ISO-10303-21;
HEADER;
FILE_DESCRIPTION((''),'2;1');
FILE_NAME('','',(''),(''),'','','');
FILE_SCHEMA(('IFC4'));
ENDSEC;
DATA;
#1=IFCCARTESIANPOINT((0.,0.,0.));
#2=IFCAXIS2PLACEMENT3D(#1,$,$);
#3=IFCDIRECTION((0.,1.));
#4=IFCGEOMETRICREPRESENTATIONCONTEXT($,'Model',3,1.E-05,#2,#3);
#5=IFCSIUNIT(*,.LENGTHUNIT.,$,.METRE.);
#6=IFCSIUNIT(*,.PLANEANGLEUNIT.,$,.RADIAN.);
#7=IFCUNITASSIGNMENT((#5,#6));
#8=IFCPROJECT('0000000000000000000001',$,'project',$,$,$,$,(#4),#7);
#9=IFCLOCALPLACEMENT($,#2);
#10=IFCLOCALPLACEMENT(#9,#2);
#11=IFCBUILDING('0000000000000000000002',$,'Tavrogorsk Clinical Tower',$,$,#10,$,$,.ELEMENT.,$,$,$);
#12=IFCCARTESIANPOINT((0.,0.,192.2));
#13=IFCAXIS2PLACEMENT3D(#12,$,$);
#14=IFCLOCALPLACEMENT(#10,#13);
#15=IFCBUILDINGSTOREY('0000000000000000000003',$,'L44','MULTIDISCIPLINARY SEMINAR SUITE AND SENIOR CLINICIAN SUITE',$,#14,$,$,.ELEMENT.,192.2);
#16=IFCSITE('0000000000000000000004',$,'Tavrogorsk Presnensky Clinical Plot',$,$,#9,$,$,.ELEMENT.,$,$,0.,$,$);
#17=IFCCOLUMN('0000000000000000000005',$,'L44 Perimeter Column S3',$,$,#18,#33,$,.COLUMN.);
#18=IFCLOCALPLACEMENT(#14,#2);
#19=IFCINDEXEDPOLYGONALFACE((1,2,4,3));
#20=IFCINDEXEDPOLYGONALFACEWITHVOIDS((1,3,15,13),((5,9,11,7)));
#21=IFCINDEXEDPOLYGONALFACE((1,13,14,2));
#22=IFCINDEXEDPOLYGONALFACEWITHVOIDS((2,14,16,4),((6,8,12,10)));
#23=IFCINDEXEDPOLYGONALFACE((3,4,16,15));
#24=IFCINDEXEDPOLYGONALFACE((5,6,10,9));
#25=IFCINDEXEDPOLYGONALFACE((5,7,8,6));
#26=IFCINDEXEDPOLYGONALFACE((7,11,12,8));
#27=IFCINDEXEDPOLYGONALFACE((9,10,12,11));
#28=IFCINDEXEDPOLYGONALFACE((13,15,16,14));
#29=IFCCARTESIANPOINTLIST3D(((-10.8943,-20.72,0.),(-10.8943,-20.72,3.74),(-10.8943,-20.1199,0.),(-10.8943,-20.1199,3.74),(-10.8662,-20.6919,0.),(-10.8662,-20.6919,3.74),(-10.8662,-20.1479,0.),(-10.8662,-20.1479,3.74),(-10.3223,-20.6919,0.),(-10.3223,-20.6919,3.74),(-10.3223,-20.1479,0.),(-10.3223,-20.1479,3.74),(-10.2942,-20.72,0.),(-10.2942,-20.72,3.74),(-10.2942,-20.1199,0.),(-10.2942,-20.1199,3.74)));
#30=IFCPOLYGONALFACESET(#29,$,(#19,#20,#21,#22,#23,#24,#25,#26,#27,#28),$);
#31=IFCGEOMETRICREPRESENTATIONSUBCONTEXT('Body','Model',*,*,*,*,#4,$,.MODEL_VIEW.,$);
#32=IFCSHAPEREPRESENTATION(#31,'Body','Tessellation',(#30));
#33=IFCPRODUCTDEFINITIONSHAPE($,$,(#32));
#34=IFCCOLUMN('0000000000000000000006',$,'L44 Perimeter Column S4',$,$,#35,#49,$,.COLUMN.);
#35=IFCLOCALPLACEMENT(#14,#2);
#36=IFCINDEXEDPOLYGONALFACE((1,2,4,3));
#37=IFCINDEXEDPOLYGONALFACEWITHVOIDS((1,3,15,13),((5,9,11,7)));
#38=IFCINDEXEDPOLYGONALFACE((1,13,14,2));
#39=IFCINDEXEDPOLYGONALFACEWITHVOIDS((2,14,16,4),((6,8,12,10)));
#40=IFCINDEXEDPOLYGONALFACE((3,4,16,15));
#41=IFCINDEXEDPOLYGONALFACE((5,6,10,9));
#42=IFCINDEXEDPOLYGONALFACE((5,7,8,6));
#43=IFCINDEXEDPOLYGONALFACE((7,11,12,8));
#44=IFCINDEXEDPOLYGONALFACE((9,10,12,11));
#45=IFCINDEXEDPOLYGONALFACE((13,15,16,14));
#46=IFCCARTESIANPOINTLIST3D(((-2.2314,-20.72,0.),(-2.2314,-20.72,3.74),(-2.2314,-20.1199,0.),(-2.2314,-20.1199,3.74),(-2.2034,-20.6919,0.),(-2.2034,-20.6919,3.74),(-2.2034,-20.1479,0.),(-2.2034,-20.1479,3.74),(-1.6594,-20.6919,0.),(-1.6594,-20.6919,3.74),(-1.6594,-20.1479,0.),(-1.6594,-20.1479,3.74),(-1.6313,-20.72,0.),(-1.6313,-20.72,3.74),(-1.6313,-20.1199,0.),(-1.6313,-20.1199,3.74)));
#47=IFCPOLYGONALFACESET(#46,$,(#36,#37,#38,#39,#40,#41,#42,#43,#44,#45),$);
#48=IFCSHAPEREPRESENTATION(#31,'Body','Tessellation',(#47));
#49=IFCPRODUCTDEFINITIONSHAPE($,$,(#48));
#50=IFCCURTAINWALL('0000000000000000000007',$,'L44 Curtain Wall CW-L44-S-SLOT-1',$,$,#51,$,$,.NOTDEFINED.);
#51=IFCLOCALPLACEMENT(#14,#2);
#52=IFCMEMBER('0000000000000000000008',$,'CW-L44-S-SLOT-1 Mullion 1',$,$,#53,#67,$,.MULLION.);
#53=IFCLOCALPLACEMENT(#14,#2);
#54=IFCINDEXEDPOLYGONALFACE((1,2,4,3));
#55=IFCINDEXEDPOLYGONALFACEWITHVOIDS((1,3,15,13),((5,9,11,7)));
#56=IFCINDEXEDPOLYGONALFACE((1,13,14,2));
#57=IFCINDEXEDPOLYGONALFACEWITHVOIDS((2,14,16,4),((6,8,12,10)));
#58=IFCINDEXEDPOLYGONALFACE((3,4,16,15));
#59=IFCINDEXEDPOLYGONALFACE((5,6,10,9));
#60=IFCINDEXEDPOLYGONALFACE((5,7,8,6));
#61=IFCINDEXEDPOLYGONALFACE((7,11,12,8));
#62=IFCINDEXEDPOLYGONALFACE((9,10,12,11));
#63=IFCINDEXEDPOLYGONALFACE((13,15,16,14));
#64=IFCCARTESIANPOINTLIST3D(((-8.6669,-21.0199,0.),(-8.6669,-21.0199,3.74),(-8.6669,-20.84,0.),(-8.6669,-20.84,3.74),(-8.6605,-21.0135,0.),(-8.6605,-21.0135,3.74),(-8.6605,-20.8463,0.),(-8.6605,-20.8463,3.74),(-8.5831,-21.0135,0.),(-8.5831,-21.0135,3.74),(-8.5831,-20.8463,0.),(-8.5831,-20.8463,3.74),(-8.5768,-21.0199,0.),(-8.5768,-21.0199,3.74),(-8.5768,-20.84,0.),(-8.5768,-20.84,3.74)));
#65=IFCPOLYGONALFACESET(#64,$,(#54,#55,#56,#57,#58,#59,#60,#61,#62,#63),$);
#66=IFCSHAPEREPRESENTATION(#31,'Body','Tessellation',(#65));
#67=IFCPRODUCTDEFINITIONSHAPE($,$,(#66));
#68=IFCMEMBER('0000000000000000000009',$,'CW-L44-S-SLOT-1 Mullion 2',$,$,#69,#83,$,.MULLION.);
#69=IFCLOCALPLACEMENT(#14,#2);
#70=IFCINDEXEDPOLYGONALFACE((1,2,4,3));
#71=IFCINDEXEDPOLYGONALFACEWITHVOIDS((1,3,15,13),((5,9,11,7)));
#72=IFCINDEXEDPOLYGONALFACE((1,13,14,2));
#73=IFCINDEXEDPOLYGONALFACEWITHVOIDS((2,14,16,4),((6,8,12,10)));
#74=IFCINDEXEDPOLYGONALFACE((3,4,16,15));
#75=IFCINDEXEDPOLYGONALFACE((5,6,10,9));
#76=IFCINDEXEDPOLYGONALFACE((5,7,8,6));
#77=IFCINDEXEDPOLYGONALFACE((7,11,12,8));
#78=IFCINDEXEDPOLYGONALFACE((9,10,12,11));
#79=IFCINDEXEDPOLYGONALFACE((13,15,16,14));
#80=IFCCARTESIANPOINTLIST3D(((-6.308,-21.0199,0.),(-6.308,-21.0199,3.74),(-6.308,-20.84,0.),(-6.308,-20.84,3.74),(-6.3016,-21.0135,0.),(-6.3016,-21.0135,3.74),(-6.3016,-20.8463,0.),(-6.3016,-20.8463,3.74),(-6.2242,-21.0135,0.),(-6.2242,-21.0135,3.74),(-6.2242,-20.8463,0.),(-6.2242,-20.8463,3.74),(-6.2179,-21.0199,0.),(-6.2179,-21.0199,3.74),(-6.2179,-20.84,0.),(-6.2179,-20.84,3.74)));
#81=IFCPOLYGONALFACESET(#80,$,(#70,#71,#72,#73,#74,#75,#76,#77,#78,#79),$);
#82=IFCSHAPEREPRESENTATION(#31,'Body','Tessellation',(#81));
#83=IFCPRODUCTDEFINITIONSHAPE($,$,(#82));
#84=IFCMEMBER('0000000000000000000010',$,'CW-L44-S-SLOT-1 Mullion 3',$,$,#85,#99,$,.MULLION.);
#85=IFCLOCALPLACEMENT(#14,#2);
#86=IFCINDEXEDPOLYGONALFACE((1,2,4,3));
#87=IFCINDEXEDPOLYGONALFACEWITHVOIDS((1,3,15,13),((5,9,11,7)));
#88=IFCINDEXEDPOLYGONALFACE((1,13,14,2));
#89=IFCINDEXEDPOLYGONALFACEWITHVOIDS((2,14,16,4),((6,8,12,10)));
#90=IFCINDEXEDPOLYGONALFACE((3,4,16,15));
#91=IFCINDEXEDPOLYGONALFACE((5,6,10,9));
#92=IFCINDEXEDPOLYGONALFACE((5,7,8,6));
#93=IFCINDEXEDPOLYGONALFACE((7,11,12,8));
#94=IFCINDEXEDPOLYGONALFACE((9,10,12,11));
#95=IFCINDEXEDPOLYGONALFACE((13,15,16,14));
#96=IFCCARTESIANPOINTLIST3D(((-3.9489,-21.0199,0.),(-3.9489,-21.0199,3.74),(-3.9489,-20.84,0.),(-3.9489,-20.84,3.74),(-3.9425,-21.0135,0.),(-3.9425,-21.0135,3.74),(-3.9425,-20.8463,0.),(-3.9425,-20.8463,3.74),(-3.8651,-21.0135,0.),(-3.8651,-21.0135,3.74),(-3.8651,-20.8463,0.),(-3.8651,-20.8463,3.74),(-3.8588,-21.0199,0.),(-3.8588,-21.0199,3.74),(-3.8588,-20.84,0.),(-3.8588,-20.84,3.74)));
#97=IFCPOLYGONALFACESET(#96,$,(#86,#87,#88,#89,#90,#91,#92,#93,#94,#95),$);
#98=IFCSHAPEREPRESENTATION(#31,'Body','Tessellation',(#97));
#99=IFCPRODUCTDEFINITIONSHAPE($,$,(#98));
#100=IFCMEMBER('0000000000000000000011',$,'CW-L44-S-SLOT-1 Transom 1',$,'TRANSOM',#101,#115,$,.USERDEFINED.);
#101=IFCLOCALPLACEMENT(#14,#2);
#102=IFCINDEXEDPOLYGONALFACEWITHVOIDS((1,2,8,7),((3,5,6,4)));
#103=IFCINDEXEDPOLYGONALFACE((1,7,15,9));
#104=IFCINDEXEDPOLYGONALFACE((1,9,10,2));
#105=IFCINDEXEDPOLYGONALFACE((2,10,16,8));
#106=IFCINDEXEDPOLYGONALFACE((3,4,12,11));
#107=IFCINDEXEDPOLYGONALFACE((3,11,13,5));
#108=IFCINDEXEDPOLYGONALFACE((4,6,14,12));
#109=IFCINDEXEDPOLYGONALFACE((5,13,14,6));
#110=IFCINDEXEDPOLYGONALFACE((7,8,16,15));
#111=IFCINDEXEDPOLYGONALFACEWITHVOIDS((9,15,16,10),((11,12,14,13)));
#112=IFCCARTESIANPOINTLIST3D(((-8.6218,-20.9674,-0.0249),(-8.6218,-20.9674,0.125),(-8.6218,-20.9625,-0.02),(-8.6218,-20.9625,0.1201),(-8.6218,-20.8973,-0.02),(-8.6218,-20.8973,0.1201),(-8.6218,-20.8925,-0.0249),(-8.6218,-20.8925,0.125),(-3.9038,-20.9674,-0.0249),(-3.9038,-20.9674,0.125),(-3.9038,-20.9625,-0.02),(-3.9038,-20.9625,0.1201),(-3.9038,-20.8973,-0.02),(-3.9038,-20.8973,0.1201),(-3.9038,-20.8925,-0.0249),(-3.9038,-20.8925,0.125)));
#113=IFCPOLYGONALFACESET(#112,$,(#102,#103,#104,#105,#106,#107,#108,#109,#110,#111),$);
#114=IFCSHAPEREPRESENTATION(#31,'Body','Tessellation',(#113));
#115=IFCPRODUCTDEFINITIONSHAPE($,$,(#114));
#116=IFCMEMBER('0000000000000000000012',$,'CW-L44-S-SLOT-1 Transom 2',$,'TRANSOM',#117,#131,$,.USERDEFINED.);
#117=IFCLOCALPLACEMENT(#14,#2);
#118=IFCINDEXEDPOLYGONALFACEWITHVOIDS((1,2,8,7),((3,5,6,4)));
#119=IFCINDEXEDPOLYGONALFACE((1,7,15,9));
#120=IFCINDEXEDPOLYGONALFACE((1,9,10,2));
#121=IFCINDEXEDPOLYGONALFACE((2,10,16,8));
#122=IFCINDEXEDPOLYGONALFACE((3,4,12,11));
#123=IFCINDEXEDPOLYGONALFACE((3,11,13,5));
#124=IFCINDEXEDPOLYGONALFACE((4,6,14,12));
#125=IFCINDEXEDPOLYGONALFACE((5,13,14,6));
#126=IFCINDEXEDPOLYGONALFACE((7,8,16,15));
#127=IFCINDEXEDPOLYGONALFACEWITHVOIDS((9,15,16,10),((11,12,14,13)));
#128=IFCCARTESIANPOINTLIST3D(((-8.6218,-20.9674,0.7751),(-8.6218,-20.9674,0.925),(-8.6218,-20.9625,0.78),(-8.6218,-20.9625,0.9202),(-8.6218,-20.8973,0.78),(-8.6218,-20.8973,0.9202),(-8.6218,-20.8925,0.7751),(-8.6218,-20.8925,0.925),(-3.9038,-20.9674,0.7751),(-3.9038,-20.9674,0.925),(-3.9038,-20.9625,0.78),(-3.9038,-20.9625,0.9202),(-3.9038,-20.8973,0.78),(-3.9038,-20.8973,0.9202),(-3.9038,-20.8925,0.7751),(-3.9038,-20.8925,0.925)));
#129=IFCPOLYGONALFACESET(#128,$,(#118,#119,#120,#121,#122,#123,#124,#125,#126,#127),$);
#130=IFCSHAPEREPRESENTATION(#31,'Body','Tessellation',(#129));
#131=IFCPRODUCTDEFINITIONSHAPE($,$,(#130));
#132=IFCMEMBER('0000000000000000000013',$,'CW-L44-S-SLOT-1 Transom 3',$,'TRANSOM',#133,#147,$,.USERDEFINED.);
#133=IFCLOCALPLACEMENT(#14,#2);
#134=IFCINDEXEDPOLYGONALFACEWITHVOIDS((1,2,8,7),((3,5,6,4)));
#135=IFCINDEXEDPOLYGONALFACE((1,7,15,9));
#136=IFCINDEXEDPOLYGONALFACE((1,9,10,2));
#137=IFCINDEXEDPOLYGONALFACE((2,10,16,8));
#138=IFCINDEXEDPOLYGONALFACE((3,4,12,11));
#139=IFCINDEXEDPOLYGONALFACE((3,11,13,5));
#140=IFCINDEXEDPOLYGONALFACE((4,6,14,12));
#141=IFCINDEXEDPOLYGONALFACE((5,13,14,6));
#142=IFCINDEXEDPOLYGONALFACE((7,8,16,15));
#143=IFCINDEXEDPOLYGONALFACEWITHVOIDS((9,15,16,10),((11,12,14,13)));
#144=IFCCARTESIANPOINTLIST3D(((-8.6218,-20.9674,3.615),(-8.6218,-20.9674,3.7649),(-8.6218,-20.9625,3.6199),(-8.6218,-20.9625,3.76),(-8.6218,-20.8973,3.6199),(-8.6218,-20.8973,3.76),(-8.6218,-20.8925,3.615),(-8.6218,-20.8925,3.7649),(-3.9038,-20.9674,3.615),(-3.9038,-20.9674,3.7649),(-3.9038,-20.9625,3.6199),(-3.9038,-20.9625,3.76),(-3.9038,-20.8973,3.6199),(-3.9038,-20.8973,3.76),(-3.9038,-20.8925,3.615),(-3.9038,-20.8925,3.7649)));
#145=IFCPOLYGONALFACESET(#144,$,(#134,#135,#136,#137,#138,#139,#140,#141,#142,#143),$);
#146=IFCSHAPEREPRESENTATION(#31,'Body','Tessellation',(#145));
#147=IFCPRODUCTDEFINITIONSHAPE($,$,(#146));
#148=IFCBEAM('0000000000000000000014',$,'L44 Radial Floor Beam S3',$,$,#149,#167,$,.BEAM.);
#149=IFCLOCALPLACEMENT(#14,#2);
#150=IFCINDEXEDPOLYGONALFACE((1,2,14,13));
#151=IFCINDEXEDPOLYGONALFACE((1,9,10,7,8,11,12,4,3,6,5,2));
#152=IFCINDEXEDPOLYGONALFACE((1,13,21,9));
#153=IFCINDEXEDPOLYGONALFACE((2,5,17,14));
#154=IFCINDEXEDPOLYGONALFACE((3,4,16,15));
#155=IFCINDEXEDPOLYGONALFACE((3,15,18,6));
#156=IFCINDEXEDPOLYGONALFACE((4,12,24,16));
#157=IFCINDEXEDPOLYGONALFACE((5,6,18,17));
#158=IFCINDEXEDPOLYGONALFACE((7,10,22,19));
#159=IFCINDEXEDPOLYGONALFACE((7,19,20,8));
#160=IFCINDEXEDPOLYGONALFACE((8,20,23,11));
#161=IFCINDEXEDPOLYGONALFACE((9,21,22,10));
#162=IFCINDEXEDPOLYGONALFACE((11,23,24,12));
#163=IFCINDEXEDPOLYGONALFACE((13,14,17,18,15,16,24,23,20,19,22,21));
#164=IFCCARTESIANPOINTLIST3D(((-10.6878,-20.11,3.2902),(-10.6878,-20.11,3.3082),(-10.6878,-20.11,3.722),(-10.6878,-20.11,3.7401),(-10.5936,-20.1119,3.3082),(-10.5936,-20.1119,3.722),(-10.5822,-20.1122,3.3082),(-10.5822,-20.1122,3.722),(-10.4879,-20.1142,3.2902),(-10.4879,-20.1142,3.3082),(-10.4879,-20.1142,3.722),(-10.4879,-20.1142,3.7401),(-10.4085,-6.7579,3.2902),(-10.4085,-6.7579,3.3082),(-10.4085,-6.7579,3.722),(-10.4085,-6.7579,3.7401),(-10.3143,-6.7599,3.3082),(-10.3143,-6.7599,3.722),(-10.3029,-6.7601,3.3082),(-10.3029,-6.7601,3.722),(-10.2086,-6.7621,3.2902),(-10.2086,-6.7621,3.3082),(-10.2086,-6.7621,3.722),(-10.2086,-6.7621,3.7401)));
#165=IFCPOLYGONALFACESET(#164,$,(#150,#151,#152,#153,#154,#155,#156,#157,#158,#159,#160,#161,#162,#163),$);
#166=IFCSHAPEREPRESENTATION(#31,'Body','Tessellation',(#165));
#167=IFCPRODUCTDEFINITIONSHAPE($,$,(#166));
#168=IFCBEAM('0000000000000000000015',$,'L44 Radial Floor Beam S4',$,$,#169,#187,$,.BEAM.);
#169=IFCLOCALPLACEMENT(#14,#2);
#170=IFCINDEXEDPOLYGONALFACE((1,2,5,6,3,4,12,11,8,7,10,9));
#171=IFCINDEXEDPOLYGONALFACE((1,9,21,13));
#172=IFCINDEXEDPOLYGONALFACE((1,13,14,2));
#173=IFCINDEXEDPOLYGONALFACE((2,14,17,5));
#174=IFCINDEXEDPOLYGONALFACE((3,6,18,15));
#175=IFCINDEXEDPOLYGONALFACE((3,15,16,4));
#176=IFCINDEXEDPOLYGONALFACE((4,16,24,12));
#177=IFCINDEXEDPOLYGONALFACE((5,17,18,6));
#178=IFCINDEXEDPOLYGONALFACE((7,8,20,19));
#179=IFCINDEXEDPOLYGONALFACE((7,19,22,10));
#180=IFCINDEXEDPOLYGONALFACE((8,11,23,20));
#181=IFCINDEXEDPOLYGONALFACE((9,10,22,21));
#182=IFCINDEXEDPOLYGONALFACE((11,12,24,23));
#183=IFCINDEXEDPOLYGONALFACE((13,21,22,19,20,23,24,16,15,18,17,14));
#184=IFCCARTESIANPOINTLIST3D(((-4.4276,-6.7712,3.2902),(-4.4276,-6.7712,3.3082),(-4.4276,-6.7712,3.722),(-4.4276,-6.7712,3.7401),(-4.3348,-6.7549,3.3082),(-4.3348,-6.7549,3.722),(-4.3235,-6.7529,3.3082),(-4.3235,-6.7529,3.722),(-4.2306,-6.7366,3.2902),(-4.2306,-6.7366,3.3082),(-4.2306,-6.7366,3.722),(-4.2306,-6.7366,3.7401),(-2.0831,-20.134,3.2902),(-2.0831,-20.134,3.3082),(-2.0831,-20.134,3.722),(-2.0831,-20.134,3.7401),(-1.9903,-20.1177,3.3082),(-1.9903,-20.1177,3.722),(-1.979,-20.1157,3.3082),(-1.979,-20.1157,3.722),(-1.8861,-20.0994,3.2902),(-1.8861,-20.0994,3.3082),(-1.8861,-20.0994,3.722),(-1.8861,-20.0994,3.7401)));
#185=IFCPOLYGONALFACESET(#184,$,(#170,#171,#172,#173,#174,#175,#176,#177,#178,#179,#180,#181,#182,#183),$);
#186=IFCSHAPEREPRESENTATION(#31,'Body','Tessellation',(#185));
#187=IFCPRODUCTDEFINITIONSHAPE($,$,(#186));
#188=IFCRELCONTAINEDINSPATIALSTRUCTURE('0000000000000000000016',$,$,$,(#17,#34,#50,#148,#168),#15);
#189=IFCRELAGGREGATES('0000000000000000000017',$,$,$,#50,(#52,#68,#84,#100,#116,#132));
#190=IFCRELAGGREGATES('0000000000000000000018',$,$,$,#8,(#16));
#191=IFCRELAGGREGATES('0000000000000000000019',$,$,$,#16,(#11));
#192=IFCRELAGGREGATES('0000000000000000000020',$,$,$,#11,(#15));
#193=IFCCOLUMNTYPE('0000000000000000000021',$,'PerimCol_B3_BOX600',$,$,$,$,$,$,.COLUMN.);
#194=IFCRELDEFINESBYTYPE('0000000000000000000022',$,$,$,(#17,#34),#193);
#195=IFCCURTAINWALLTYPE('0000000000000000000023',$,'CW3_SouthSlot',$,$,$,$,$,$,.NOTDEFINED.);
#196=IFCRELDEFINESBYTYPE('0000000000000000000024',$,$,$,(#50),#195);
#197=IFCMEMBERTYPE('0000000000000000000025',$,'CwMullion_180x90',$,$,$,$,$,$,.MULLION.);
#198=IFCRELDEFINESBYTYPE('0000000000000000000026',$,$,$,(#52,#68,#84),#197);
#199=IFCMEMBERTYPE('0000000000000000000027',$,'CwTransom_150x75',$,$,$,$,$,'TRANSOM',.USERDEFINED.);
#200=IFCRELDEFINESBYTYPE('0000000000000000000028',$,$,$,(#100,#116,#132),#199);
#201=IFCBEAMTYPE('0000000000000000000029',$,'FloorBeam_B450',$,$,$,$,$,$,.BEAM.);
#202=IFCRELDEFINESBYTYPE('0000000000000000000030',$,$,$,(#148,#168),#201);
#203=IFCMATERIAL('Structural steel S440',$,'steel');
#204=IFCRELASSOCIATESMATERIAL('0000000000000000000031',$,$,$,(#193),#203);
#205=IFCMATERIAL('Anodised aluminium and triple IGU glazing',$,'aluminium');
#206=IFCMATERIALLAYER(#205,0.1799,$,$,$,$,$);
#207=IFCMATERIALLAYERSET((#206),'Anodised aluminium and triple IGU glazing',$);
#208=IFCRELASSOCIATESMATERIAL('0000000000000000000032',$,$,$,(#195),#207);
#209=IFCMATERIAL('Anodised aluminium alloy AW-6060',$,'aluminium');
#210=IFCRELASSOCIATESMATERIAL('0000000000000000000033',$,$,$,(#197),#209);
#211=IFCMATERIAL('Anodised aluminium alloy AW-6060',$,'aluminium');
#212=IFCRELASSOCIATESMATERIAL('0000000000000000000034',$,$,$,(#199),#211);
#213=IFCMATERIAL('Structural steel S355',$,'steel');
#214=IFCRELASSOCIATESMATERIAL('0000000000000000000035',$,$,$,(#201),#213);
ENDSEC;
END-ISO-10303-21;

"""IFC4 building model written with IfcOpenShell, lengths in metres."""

from ifc_helpers import new_model, si_unit, direction, frame, origin, origin_2d, place, context, subcontext, project, spatial, hollow_rectangle, i_section, extrude, material, layer, layer_set, material_profile, profile_set, type_object, element, aggregate, save


model = new_model("IFC4")

# Units and contexts
model_context = context("Model", 3, precision=1e-05, world=origin(), true_north=direction((0.0, 1.0)))
body_context = subcontext(model_context, "Body", "Model", "MODEL_VIEW")
ifc_project = project(units=[si_unit("LENGTHUNIT", "METRE"), si_unit("PLANEANGLEUNIT", "RADIAN")], contexts=[model_context])

# Site, building, storey
site_placement = place(None, origin())
site = spatial("IfcSite", under=ifc_project, at=site_placement, Name="Tavrogorsk Presnensky Clinical Plot", CompositionType="ELEMENT", RefElevation=0.0)
building_placement = place(site_placement, origin())
building = spatial("IfcBuilding", under=site, at=building_placement, Name="Tavrogorsk Clinical Tower", CompositionType="ELEMENT")
storey_placement = place(building_placement, frame((0.0, 0.0, 192.2)))
storey = spatial("IfcBuildingStorey", under=building, at=storey_placement, Name="L44", Description="MULTIDISCIPLINARY SEMINAR SUITE AND SENIOR CLINICIAN SUITE", CompositionType="ELEMENT", Elevation=192.2)

# Columns
ifc_material_1 = material(Name="Structural steel S440", Category="steel")
ifc_material_profile_1 = material_profile(ifc_material_1, hollow_rectangle(XDim=0.6001, YDim=0.6001, WallThickness=0.0281, at=origin_2d()), Name="BOX-600x600x28")
ifc_profile_set_1 = profile_set([ifc_material_profile_1], Name="Structural steel S440")
column_type = type_object("IfcColumnType", Name="PerimCol_B3_BOX600", PredefinedType="COLUMN", material=ifc_profile_set_1)
for number, where, z_axis, x_axis, name in (
    (1, (-10.5942, -20.4199, 0.0), (0.0, 0.0, 1.0), (1.0, 0.0, 0.0), "L44 Perimeter Column S3"),
    (2, (-1.9314, -20.4199, 0.0), (0.0, 0.0, 1.0), (1.0, 0.0, 0.0), "L44 Perimeter Column S4"),
):
    element("IfcColumn", number, at=place(storey_placement, frame(where, z_axis=z_axis, x_axis=x_axis)), inside=storey, type_object=column_type, Name=name, PredefinedType="COLUMN", context=body_context, shape_type="SweptSolid", body=[
        extrude(hollow_rectangle(XDim=0.6001, YDim=0.6001, WallThickness=0.0281, at=origin_2d()), origin(), (0.0, 0.0, 1.0), 3.74),
    ])

# Curtain wall, members
ifc_material_2 = material(Name="Anodised aluminium and triple IGU glazing", Category="aluminium")
ifc_layer_1 = layer(ifc_material_2, 0.1799)
ifc_layer_set_1 = layer_set([ifc_layer_1], Name="Anodised aluminium and triple IGU glazing")
curtain_wall_type = type_object("IfcCurtainWallType", Name="CW3_SouthSlot", PredefinedType="NOTDEFINED", material=ifc_layer_set_1)
curtain_wall_placement = place(storey_placement, origin())
curtain_wall = element("IfcCurtainWall", 3, at=curtain_wall_placement, inside=storey, type_object=curtain_wall_type, Name="L44 Curtain Wall CW-L44-S-SLOT-1", PredefinedType="NOTDEFINED")
ifc_material_3 = material(Name="Anodised aluminium alloy AW-6060", Category="aluminium")
ifc_material_profile_2 = material_profile(ifc_material_3, hollow_rectangle(XDim=0.0901, YDim=0.1799, WallThickness=0.0063, at=origin_2d()), Name="RHS-180x90x6.3")
ifc_profile_set_2 = profile_set([ifc_material_profile_2], Name="Anodised aluminium alloy AW-6060")
member_type_1 = type_object("IfcMemberType", Name="CwMullion_180x90", PredefinedType="MULLION", material=ifc_profile_set_2)
member_1_placement = place(storey_placement, frame((-8.6218, -20.9299, 0.0), z_axis=(0.0, 0.0, 1.0), x_axis=(1.0, 0.0, 0.0)))
member_1 = element("IfcMember", 4, at=member_1_placement, type_object=member_type_1, Name="CW-L44-S-SLOT-1 Mullion 1", PredefinedType="MULLION", context=body_context, shape_type="SweptSolid", body=[
    extrude(hollow_rectangle(XDim=0.0901, YDim=0.1799, WallThickness=0.0063, at=origin_2d()), origin(), (0.0, 0.0, 1.0), 3.74),
])
member_2_placement = place(storey_placement, frame((-6.2629, -20.9299, 0.0), z_axis=(0.0, 0.0, 1.0), x_axis=(1.0, 0.0, 0.0)))
member_2 = element("IfcMember", 5, at=member_2_placement, type_object=member_type_1, Name="CW-L44-S-SLOT-1 Mullion 2", PredefinedType="MULLION", context=body_context, shape_type="SweptSolid", body=[
    extrude(hollow_rectangle(XDim=0.0901, YDim=0.1799, WallThickness=0.0063, at=origin_2d()), origin(), (0.0, 0.0, 1.0), 3.74),
])
member_3_placement = place(storey_placement, frame((-3.9038, -20.9299, 0.0), z_axis=(0.0, 0.0, 1.0), x_axis=(1.0, 0.0, 0.0)))
member_3 = element("IfcMember", 6, at=member_3_placement, type_object=member_type_1, Name="CW-L44-S-SLOT-1 Mullion 3", PredefinedType="MULLION", context=body_context, shape_type="SweptSolid", body=[
    extrude(hollow_rectangle(XDim=0.0901, YDim=0.1799, WallThickness=0.0063, at=origin_2d()), origin(), (0.0, 0.0, 1.0), 3.74),
])
ifc_material_4 = material(Name="Anodised aluminium alloy AW-6060", Category="aluminium")
ifc_material_profile_3 = material_profile(ifc_material_4, hollow_rectangle(XDim=0.075, YDim=0.1499, WallThickness=0.0049, at=origin_2d()), Name="RHS-150x75x5")
ifc_profile_set_3 = profile_set([ifc_material_profile_3], Name="Anodised aluminium alloy AW-6060")
member_type_2 = type_object("IfcMemberType", Name="CwTransom_150x75", ElementType="TRANSOM", PredefinedType="USERDEFINED", material=ifc_profile_set_3)
member_4_placement = place(storey_placement, frame((-8.6218, -20.9299, 0.05), z_axis=(1.0, 0.0, 0.0), x_axis=(0.0, 1.0, 0.0)))
member_4 = element("IfcMember", 7, at=member_4_placement, type_object=member_type_2, Name="CW-L44-S-SLOT-1 Transom 1", ObjectType="TRANSOM", PredefinedType="USERDEFINED", context=body_context, shape_type="SweptSolid", body=[
    extrude(hollow_rectangle(XDim=0.075, YDim=0.1499, WallThickness=0.0049, at=origin_2d()), origin(), (0.0, 0.0, 1.0), 4.718),
])
member_5_placement = place(storey_placement, frame((-8.6218, -20.9299, 0.8501), z_axis=(1.0, 0.0, 0.0), x_axis=(0.0, 1.0, 0.0)))
member_5 = element("IfcMember", 8, at=member_5_placement, type_object=member_type_2, Name="CW-L44-S-SLOT-1 Transom 2", ObjectType="TRANSOM", PredefinedType="USERDEFINED", context=body_context, shape_type="SweptSolid", body=[
    extrude(hollow_rectangle(XDim=0.075, YDim=0.1499, WallThickness=0.0049, at=origin_2d()), origin(), (0.0, 0.0, 1.0), 4.718),
])
member_6_placement = place(storey_placement, frame((-8.6218, -20.9299, 3.6899), z_axis=(1.0, 0.0, 0.0), x_axis=(0.0, 1.0, 0.0)))
member_6 = element("IfcMember", 9, at=member_6_placement, type_object=member_type_2, Name="CW-L44-S-SLOT-1 Transom 3", ObjectType="TRANSOM", PredefinedType="USERDEFINED", context=body_context, shape_type="SweptSolid", body=[
    extrude(hollow_rectangle(XDim=0.075, YDim=0.1499, WallThickness=0.0049, at=origin_2d()), origin(), (0.0, 0.0, 1.0), 4.718),
])

# Beams
ifc_material_5 = material(Name="Structural steel S355", Category="steel")
ifc_material_profile_4 = material_profile(ifc_material_5, i_section(OverallWidth=0.2, OverallDepth=0.45, WebThickness=0.0115, FlangeThickness=0.0181, at=origin_2d()), Name="B-450x200x11.5x18")
ifc_profile_set_4 = profile_set([ifc_material_profile_4], Name="Structural steel S355")
beam_type_1 = type_object("IfcBeamType", Name="FloorBeam_B450", PredefinedType="BEAM", material=ifc_profile_set_4)
beam_1_placement = place(storey_placement, frame((-10.3086, -6.76, 3.5151), z_axis=(-0.020913, -0.999781, 0.0), x_axis=(0.999781, -0.020913, 0.0)))
element("IfcBeam", 10, at=beam_1_placement, inside=storey, type_object=beam_type_1, Name="L44 Radial Floor Beam S3", PredefinedType="BEAM", context=body_context, shape_type="SweptSolid", body=[
    extrude(i_section(OverallWidth=0.2, OverallDepth=0.45, WebThickness=0.0115, FlangeThickness=0.0181, at=origin_2d()), origin(), (0.0, 0.0, 1.0), 13.355),
])
beam_2_placement = place(storey_placement, frame((-4.3291, -6.7539, 3.5151), z_axis=(0.172809, -0.984955, 0.0), x_axis=(0.984955, 0.172809, 0.0)))
element("IfcBeam", 11, at=beam_2_placement, inside=storey, type_object=beam_type_1, Name="L44 Radial Floor Beam S4", PredefinedType="BEAM", context=body_context, shape_type="SweptSolid", body=[
    extrude(i_section(OverallWidth=0.2, OverallDepth=0.45, WebThickness=0.0115, FlangeThickness=0.0181, at=origin_2d()), origin(), (0.0, 0.0, 1.0), 13.5669),
])

aggregate(curtain_wall, [member_1, member_2, member_3, member_4, member_5, member_6])

save(model, "model.ifc")
